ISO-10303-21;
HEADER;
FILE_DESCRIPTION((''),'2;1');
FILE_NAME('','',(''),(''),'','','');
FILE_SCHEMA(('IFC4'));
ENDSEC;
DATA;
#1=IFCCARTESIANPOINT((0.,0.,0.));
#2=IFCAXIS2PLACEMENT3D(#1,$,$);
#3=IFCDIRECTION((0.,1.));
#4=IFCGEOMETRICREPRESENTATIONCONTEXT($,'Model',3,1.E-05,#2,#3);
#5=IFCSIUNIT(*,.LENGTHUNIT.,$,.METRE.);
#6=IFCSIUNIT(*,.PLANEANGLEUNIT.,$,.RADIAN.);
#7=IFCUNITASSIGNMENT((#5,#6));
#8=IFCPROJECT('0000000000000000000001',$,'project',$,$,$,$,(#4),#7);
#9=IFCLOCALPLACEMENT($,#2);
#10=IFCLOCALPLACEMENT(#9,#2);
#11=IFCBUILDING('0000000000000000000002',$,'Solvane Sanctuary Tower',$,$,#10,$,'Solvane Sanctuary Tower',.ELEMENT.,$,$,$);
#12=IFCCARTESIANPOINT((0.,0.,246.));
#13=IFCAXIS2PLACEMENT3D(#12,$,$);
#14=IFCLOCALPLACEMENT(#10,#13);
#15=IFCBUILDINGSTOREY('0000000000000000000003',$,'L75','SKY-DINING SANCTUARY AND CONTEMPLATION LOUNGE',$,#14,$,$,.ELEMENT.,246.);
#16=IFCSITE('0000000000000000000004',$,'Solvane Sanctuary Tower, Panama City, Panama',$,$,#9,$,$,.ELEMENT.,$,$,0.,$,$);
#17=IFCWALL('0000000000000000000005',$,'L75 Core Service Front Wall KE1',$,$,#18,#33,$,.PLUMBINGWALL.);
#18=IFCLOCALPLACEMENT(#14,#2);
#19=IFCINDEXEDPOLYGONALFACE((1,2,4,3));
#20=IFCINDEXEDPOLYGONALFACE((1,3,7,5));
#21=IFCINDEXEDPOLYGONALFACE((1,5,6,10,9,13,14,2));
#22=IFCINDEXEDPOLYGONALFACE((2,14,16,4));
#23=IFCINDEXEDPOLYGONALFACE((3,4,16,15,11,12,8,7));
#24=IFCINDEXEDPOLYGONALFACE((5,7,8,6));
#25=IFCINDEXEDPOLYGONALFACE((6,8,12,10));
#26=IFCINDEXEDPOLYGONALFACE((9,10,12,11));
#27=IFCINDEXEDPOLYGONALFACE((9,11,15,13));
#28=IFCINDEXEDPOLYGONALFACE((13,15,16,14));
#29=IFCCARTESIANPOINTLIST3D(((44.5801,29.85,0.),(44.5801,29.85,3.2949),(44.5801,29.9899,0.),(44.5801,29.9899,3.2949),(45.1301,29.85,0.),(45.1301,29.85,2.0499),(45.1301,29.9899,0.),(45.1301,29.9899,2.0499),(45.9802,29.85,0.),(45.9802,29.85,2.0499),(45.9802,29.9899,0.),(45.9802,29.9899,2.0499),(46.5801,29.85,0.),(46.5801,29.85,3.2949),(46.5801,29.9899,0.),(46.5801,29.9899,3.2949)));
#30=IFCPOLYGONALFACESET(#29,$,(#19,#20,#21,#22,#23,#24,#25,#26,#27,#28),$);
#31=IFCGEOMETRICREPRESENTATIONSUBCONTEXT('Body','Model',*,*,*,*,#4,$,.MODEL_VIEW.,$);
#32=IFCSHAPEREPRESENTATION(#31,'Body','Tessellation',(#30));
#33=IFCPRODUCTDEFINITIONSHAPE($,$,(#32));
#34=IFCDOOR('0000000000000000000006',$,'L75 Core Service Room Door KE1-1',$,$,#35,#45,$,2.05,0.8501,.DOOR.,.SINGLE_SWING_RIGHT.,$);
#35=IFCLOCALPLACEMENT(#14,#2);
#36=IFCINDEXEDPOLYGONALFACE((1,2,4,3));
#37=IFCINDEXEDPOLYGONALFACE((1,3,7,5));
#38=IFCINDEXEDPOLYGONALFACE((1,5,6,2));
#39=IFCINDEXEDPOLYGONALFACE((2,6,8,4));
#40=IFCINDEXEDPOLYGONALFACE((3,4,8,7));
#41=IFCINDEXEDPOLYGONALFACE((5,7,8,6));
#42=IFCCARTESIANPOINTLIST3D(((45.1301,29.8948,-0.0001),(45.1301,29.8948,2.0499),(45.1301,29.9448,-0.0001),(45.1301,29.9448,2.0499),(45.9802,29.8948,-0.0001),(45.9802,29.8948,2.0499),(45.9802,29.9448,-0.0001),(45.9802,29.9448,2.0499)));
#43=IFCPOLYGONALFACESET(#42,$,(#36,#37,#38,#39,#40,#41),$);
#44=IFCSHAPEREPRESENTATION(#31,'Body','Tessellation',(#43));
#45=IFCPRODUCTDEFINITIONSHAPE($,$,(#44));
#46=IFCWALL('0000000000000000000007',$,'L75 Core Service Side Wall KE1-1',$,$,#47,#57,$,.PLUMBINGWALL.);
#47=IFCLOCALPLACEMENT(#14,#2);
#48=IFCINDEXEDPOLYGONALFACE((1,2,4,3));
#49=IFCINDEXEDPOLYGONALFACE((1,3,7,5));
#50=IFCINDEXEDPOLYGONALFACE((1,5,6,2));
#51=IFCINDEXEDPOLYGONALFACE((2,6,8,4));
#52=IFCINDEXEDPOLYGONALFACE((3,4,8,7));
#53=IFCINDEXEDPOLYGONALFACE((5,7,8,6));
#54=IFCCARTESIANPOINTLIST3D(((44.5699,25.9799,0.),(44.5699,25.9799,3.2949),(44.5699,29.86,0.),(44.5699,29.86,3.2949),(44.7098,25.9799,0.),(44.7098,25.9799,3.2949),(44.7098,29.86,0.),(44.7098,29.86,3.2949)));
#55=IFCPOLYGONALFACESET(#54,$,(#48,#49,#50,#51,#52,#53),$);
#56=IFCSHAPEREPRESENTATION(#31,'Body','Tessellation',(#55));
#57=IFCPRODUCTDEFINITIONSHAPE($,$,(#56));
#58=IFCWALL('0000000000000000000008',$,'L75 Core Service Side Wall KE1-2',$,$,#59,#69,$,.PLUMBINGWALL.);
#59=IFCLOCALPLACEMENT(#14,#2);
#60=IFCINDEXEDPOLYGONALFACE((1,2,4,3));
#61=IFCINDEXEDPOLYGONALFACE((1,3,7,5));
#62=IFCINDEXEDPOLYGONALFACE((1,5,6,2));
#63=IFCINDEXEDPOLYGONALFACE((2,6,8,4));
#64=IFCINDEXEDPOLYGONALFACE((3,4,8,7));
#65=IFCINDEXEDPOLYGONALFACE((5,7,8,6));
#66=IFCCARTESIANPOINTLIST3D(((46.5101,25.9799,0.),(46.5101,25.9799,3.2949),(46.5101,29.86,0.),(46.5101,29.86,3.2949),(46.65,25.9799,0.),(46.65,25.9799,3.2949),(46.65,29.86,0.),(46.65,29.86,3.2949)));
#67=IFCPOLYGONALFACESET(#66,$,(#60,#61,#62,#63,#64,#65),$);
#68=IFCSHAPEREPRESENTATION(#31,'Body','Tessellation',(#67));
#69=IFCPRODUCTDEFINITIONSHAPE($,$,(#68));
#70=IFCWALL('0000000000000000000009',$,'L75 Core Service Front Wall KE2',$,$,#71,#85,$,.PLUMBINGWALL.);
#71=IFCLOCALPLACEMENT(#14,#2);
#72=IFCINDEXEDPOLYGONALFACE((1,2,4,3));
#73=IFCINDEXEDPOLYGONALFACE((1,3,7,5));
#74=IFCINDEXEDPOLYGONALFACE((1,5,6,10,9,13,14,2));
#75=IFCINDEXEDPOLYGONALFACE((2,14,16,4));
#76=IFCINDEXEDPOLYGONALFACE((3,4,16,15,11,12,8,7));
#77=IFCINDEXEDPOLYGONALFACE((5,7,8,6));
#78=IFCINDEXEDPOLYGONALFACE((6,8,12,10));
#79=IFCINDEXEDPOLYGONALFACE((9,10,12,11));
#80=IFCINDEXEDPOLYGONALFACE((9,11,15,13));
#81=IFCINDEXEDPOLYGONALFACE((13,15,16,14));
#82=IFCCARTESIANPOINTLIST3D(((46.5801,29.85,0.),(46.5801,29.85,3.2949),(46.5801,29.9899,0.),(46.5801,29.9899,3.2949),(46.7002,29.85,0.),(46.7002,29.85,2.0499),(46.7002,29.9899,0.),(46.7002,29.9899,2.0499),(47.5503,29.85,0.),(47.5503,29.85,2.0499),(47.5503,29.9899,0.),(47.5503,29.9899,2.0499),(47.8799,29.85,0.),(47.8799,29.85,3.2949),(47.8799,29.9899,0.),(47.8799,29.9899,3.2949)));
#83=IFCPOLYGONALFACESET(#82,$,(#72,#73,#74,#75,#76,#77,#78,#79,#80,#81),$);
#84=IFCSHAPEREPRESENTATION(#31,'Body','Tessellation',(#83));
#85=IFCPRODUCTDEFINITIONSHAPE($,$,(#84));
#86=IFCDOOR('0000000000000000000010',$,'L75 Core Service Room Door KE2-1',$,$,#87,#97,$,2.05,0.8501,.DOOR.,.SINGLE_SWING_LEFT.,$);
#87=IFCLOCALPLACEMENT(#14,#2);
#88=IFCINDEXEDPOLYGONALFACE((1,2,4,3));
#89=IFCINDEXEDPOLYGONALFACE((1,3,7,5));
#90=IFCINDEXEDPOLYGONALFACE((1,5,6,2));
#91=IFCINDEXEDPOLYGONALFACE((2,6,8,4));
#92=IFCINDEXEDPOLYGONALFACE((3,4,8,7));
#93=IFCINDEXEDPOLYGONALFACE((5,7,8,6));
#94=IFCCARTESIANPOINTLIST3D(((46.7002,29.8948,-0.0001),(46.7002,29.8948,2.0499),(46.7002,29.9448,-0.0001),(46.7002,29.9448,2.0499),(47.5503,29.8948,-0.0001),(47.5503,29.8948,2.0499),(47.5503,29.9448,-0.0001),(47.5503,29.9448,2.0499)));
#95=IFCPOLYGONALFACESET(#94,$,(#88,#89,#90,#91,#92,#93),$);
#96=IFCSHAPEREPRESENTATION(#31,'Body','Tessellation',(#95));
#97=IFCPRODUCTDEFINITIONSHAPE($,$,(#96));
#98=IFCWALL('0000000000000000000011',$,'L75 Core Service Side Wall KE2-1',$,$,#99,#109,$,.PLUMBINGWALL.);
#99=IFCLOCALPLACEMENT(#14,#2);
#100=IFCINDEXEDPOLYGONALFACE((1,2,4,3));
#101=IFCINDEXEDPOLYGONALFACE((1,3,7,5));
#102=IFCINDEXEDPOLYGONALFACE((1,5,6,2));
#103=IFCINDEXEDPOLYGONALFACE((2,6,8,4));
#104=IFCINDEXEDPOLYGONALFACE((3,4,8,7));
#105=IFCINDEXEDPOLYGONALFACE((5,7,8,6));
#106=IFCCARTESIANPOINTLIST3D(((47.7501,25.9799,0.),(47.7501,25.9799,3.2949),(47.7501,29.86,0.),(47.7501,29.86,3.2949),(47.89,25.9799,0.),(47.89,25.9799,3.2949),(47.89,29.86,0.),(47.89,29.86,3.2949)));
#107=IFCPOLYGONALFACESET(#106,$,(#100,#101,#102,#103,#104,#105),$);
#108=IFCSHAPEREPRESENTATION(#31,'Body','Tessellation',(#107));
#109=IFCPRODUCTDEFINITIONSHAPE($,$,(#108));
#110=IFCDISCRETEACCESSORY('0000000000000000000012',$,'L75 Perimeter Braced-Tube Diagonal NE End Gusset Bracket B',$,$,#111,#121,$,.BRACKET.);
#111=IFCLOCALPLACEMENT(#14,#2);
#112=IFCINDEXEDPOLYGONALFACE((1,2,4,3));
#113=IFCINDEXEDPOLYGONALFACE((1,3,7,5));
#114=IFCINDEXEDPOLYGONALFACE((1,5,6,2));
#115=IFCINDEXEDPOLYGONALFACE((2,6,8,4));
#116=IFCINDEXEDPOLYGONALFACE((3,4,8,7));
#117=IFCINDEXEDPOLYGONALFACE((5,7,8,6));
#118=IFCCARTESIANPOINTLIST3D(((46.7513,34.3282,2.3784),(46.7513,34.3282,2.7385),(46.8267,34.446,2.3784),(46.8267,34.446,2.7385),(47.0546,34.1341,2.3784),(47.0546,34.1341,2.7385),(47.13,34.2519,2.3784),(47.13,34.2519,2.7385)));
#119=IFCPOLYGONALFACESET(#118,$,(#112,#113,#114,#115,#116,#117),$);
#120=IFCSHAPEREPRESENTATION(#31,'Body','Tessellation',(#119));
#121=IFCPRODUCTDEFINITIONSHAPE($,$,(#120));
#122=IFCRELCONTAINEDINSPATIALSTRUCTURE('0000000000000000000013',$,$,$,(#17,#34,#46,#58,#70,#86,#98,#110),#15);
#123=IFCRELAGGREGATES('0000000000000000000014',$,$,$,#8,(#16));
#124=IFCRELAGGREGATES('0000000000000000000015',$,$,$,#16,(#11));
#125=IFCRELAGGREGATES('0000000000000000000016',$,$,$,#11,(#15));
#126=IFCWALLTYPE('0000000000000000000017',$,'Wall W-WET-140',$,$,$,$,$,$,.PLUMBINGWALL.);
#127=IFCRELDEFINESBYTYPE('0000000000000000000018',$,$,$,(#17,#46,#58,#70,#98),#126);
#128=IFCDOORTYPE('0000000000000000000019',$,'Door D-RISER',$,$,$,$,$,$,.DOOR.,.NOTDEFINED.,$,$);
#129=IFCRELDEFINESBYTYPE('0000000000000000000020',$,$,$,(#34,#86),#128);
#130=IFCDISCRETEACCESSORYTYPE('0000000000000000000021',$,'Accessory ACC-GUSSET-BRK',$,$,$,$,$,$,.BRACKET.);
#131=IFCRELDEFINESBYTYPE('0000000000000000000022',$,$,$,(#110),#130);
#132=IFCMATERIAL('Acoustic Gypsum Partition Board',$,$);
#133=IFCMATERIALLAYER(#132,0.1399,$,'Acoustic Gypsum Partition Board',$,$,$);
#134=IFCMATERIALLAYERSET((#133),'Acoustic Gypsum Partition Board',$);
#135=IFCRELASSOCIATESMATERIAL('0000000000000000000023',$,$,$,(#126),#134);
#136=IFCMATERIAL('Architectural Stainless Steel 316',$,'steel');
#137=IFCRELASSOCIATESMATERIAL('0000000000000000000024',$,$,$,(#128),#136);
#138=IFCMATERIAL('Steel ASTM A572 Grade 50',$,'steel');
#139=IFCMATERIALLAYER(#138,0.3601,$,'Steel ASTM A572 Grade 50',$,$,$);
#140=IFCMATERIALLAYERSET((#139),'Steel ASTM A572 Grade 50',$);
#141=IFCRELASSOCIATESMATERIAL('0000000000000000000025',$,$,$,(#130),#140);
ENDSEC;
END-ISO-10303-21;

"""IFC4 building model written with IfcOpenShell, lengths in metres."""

from ifc_helpers import new_model, si_unit, direction, frame, frame_2d, origin, origin_2d, place, context, subcontext, project, spatial, rectangle, extrude, material, layer, layer_set, type_object, element, fill, save


model = new_model("IFC4")

# Units and contexts
model_context = context("Model", 3, precision=1e-05, world=origin(), true_north=direction((0.0, 1.0)))
body_context = subcontext(model_context, "Body", "Model", "MODEL_VIEW")
ifc_project = project(units=[si_unit("LENGTHUNIT", "METRE"), si_unit("PLANEANGLEUNIT", "RADIAN")], contexts=[model_context])

# Site, building, storey
site_placement = place(None, origin())
site = spatial("IfcSite", under=ifc_project, at=site_placement, Name="Solvane Sanctuary Tower, Panama City, Panama", CompositionType="ELEMENT", RefElevation=0.0)
building_placement = place(site_placement, origin())
building = spatial("IfcBuilding", under=site, at=building_placement, Name="Solvane Sanctuary Tower", LongName="Solvane Sanctuary Tower", CompositionType="ELEMENT")
storey_placement = place(building_placement, frame((0.0, 0.0, 246.0)))
storey = spatial("IfcBuildingStorey", under=building, at=storey_placement, Name="L75", Description="SKY-DINING SANCTUARY AND CONTEMPLATION LOUNGE", CompositionType="ELEMENT", Elevation=246.0)

# Shared definitions
ifc_material_1 = material(Name="Acoustic Gypsum Partition Board")

# Shared definitions
ifc_material_2 = material(Name="Architectural Stainless Steel 316", Category="steel")

# Wall, opening, door
ifc_layer_1 = layer(ifc_material_1, 0.1399, Name="Acoustic Gypsum Partition Board")
ifc_layer_set_1 = layer_set([ifc_layer_1], Name="Acoustic Gypsum Partition Board")
wall_type_1 = type_object("IfcWallType", Name="Wall W-WET-140", PredefinedType="PLUMBINGWALL", material=ifc_layer_set_1)
wall_1_placement = place(storey_placement, frame((44.5801, 29.9199, 0.0), z_axis=(0.0, 0.0, 1.0), x_axis=(1.0, 0.0, 0.0)))
wall_1 = element("IfcWall", 1, at=wall_1_placement, inside=storey, type_object=wall_type_1, Name="L75 Core Service Front Wall KE1", PredefinedType="PLUMBINGWALL", context=body_context, shape_type="SweptSolid", body=[
    extrude(rectangle(XDim=2.0, YDim=0.1399, at=frame_2d((1.0, 0.0))), origin(), (0.0, 0.0, 1.0), 3.2949),
])
opening_1_placement = place(wall_1_placement, frame((0.55, 0.0, 0.0)))
opening_1 = element("IfcOpeningElement", 2, at=opening_1_placement, cuts=wall_1, PredefinedType="OPENING", context=body_context, shape_type="SweptSolid", body=[
    extrude(rectangle(XDim=0.8501, YDim=2.05, at=frame_2d((0.425, 1.0249))), frame((0.0, 0.0798, 0.0), z_axis=(0.0, -1.0, 0.0), x_axis=(1.0, 0.0, 0.0)), (0.0, 0.0, 1.0), 0.1599),
])
door_type_1 = type_object("IfcDoorType", Name="Door D-RISER", OperationType="NOTDEFINED", PredefinedType="DOOR", material=ifc_material_2)
door_1_placement = place(opening_1_placement, origin())
door_1 = element("IfcDoor", 3, at=door_1_placement, inside=storey, type_object=door_type_1, Name="L75 Core Service Room Door KE1-1", OperationType="SINGLE_SWING_RIGHT", OverallHeight=2.05, OverallWidth=0.8501, PredefinedType="DOOR", context=body_context, shape_type="SweptSolid", body=[
    extrude(rectangle(XDim=0.8501, YDim=2.05, at=frame_2d((0.425, 1.0249))), frame((0.0, 0.0249, 0.0), z_axis=(0.0, -1.0, 0.0), x_axis=(1.0, 0.0, 0.0)), (0.0, 0.0, 1.0), 0.05),
])
fill(opening_1, door_1)

# Walls
for number, where, z_axis, x_axis, name in (
    (4, (44.6399, 25.98, 0.0), (0.0, 0.0, 1.0), (0.0, 1.0, 0.0), "L75 Core Service Side Wall KE1-1"),
    (5, (46.5801, 25.98, 0.0), (0.0, 0.0, 1.0), (0.0, 1.0, 0.0), "L75 Core Service Side Wall KE1-2"),
):
    element("IfcWall", number, at=place(storey_placement, frame(where, z_axis=z_axis, x_axis=x_axis)), inside=storey, type_object=wall_type_1, Name=name, PredefinedType="PLUMBINGWALL", context=body_context, shape_type="SweptSolid", body=[
        extrude(rectangle(XDim=3.8801, YDim=0.1399, at=frame_2d((1.9399, 0.0))), origin(), (0.0, 0.0, 1.0), 3.2949),
    ])

# Wall, opening, door
wall_2_placement = place(storey_placement, frame((46.5801, 29.9199, 0.0), z_axis=(0.0, 0.0, 1.0), x_axis=(1.0, 0.0, 0.0)))
wall_2 = element("IfcWall", 6, at=wall_2_placement, inside=storey, type_object=wall_type_1, Name="L75 Core Service Front Wall KE2", PredefinedType="PLUMBINGWALL", context=body_context, shape_type="SweptSolid", body=[
    extrude(rectangle(XDim=1.2998, YDim=0.1399, at=frame_2d((0.6499, 0.0))), origin(), (0.0, 0.0, 1.0), 3.2949),
])
opening_2_placement = place(wall_2_placement, frame((0.1201, 0.0, 0.0)))
opening_2 = element("IfcOpeningElement", 7, at=opening_2_placement, cuts=wall_2, PredefinedType="OPENING", context=body_context, shape_type="SweptSolid", body=[
    extrude(rectangle(XDim=0.8501, YDim=2.05, at=frame_2d((0.425, 1.0249))), frame((0.0, 0.0798, 0.0), z_axis=(0.0, -1.0, 0.0), x_axis=(1.0, 0.0, 0.0)), (0.0, 0.0, 1.0), 0.1599),
])
door_2_placement = place(opening_2_placement, origin())
door_2 = element("IfcDoor", 8, at=door_2_placement, inside=storey, type_object=door_type_1, Name="L75 Core Service Room Door KE2-1", OperationType="SINGLE_SWING_LEFT", OverallHeight=2.05, OverallWidth=0.8501, PredefinedType="DOOR", context=body_context, shape_type="SweptSolid", body=[
    extrude(rectangle(XDim=0.8501, YDim=2.05, at=frame_2d((0.425, 1.0249))), frame((0.0, 0.0249, 0.0), z_axis=(0.0, -1.0, 0.0), x_axis=(1.0, 0.0, 0.0)), (0.0, 0.0, 1.0), 0.05),
])
fill(opening_2, door_2)

# Wall
wall_3_placement = place(storey_placement, frame((47.8201, 25.98, 0.0), z_axis=(0.0, 0.0, 1.0), x_axis=(0.0, 1.0, 0.0)))
element("IfcWall", 9, at=wall_3_placement, inside=storey, type_object=wall_type_1, Name="L75 Core Service Side Wall KE2-1", PredefinedType="PLUMBINGWALL", context=body_context, shape_type="SweptSolid", body=[
    extrude(rectangle(XDim=3.8801, YDim=0.1399, at=frame_2d((1.9399, 0.0))), origin(), (0.0, 0.0, 1.0), 3.2949),
])

# Discrete accessory
ifc_material_3 = material(Name="Steel ASTM A572 Grade 50", Category="steel")
ifc_layer_2 = layer(ifc_material_3, 0.3601, Name="Steel ASTM A572 Grade 50")
ifc_layer_set_2 = layer_set([ifc_layer_2], Name="Steel ASTM A572 Grade 50")
discrete_accessory_type = type_object("IfcDiscreteAccessoryType", Name="Accessory ACC-GUSSET-BRK", PredefinedType="BRACKET", material=ifc_layer_set_2)
discrete_accessory_placement = place(storey_placement, frame((46.9407, 34.29, 2.3784), z_axis=(0.0, 0.0, 1.0), x_axis=(0.842264, -0.539065, 0.0)))
element("IfcDiscreteAccessory", 10, at=discrete_accessory_placement, inside=storey, type_object=discrete_accessory_type, Name="L75 Perimeter Braced-Tube Diagonal NE End Gusset Bracket B", PredefinedType="BRACKET", context=body_context, shape_type="SweptSolid", body=[
    extrude(rectangle(XDim=0.3601, YDim=0.1399, at=origin_2d()), origin(), (0.0, 0.0, 1.0), 0.3601),
])

save(model, "model.ifc")
